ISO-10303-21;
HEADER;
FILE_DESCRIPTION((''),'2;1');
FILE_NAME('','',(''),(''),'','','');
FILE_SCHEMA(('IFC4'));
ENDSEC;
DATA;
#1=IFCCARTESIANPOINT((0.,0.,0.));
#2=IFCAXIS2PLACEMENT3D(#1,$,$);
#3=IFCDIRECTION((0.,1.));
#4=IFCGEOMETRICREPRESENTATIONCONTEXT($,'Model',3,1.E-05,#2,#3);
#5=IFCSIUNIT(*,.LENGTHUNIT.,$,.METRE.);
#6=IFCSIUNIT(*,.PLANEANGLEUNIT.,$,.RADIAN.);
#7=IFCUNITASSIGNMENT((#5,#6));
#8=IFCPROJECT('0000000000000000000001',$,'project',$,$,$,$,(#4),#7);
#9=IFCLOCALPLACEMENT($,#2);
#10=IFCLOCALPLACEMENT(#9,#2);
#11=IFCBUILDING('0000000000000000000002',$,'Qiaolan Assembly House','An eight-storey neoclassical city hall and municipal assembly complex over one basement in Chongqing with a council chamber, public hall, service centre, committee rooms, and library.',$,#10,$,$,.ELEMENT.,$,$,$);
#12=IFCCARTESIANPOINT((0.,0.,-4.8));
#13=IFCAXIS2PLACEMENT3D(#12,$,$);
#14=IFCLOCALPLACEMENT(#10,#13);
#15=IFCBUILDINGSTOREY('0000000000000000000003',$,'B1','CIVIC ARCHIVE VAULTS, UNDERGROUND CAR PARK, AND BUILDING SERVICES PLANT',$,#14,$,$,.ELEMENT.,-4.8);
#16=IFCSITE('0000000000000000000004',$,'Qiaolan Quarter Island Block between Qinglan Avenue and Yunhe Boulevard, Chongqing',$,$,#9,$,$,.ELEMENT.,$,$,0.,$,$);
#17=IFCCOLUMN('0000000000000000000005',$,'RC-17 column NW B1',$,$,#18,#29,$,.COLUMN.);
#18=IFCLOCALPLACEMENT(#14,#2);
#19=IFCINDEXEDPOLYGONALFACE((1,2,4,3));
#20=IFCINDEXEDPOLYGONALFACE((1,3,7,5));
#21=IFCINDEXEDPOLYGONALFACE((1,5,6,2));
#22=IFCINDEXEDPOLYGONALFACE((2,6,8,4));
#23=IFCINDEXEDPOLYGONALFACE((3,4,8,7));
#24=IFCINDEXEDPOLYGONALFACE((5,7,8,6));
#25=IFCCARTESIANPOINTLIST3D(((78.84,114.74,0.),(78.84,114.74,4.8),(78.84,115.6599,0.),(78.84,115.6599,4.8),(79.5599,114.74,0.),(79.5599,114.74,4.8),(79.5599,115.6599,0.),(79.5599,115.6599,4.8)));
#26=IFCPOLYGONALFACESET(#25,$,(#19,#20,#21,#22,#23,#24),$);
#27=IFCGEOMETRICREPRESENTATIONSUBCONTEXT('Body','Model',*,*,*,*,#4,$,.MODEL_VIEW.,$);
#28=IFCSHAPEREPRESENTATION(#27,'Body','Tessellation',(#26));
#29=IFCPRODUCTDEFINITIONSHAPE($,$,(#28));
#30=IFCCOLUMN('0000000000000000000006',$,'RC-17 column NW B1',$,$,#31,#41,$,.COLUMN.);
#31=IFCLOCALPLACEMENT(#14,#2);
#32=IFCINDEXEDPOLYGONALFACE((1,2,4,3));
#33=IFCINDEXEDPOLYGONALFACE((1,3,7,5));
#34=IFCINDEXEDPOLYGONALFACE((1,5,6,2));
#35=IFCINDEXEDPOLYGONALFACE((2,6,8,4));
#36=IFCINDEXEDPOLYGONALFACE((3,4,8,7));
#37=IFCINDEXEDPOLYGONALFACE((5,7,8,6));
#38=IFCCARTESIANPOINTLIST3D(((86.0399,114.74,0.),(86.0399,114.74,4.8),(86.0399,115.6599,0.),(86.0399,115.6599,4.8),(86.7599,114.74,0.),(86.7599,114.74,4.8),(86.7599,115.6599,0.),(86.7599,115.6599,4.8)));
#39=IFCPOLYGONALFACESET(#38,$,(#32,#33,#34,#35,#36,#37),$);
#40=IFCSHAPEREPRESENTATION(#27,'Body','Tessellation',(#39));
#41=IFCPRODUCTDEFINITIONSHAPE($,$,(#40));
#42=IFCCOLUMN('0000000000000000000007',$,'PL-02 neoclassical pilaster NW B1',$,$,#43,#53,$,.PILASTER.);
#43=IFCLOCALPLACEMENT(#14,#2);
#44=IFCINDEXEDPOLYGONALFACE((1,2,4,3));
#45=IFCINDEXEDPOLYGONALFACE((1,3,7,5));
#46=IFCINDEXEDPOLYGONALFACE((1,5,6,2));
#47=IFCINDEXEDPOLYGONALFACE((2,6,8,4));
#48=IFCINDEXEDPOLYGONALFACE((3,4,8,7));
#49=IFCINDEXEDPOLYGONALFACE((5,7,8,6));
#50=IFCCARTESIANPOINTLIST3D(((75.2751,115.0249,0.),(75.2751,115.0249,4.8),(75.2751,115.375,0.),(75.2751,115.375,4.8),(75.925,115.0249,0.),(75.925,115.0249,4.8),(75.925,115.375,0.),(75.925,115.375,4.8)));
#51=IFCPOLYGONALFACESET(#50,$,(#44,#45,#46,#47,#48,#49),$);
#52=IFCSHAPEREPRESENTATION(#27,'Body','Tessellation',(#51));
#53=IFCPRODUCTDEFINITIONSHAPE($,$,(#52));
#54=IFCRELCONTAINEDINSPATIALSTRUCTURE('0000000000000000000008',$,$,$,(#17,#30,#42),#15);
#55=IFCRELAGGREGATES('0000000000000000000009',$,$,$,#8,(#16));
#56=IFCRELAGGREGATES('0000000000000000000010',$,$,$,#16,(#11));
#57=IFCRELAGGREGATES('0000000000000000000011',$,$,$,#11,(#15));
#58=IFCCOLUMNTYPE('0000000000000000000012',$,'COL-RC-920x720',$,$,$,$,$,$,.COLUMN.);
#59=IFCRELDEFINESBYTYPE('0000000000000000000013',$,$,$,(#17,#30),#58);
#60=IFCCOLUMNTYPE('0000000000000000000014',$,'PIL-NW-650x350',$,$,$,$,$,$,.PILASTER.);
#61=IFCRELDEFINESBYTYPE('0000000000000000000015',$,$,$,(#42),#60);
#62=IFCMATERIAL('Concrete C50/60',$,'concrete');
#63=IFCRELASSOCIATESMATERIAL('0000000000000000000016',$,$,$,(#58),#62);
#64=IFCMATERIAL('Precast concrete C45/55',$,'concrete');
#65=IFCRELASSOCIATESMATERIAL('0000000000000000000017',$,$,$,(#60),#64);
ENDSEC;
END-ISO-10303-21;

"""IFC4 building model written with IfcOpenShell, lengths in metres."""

from ifc_helpers import new_model, si_unit, direction, frame, origin, origin_2d, place, context, subcontext, project, spatial, rectangle, extrude, material, material_profile, profile_set, type_object, element, save


model = new_model("IFC4")

# Units and contexts
model_context = context("Model", 3, precision=1e-05, world=origin(), true_north=direction((0.0, 1.0)))
body_context = subcontext(model_context, "Body", "Model", "MODEL_VIEW")
ifc_project = project(units=[si_unit("LENGTHUNIT", "METRE"), si_unit("PLANEANGLEUNIT", "RADIAN")], contexts=[model_context])

# Site, building, storey
site_placement = place(None, origin())
site = spatial("IfcSite", under=ifc_project, at=site_placement, Name="Qiaolan Quarter Island Block between Qinglan Avenue and Yunhe Boulevard, Chongqing", CompositionType="ELEMENT", RefElevation=0.0)
building_placement = place(site_placement, origin())
building = spatial("IfcBuilding", under=site, at=building_placement, Name="Qiaolan Assembly House", Description="An eight-storey neoclassical city hall and municipal assembly complex over one basement in Chongqing with a council chamber, public hall, service centre, committee rooms, and library.", CompositionType="ELEMENT")
storey_placement = place(building_placement, frame((0.0, 0.0, -4.8)))
storey = spatial("IfcBuildingStorey", under=building, at=storey_placement, Name="B1", Description="CIVIC ARCHIVE VAULTS, UNDERGROUND CAR PARK, AND BUILDING SERVICES PLANT", CompositionType="ELEMENT", Elevation=-4.8)

# Columns
ifc_material_1 = material(Name="Concrete C50/60", Category="concrete")
ifc_material_profile_1 = material_profile(ifc_material_1, rectangle(XDim=0.72, YDim=0.9199, at=origin_2d()), Name="RC 920x720")
ifc_profile_set_1 = profile_set([ifc_material_profile_1], Name="Concrete C50/60")
column_type_1 = type_object("IfcColumnType", Name="COL-RC-920x720", PredefinedType="COLUMN", material=ifc_profile_set_1)
for number, where, z_axis, x_axis, name in (
    (1, (79.2, 115.2, 0.0), (0.0, 0.0, 1.0), (1.0, 0.0, 0.0), "RC-17 column NW B1"),
    (2, (86.3999, 115.2, 0.0), (0.0, 0.0, 1.0), (1.0, 0.0, 0.0), "RC-17 column NW B1"),
):
    element("IfcColumn", number, at=place(storey_placement, frame(where, z_axis=z_axis, x_axis=x_axis)), inside=storey, type_object=column_type_1, Name=name, PredefinedType="COLUMN", context=body_context, shape_type="SweptSolid", body=[
        extrude(rectangle(XDim=0.72, YDim=0.9199, at=origin_2d()), origin(), (0.0, 0.0, 1.0), 4.8),
    ])
ifc_material_2 = material(Name="Precast concrete C45/55", Category="concrete")
ifc_material_profile_2 = material_profile(ifc_material_2, rectangle(XDim=0.6499, YDim=0.3501, at=origin_2d()), Name="PIL 650x350")
ifc_profile_set_2 = profile_set([ifc_material_profile_2], Name="Precast concrete C45/55")
column_type_2 = type_object("IfcColumnType", Name="PIL-NW-650x350", PredefinedType="PILASTER", material=ifc_profile_set_2)
column_placement = place(storey_placement, frame((75.6001, 115.2, 0.0), z_axis=(0.0, 0.0, 1.0), x_axis=(1.0, 0.0, 0.0)))
element("IfcColumn", 3, at=column_placement, inside=storey, type_object=column_type_2, Name="PL-02 neoclassical pilaster NW B1", PredefinedType="PILASTER", context=body_context, shape_type="SweptSolid", body=[
    extrude(rectangle(XDim=0.6499, YDim=0.3501, at=origin_2d()), origin(), (0.0, 0.0, 1.0), 4.8),
])

save(model, "model.ifc")
